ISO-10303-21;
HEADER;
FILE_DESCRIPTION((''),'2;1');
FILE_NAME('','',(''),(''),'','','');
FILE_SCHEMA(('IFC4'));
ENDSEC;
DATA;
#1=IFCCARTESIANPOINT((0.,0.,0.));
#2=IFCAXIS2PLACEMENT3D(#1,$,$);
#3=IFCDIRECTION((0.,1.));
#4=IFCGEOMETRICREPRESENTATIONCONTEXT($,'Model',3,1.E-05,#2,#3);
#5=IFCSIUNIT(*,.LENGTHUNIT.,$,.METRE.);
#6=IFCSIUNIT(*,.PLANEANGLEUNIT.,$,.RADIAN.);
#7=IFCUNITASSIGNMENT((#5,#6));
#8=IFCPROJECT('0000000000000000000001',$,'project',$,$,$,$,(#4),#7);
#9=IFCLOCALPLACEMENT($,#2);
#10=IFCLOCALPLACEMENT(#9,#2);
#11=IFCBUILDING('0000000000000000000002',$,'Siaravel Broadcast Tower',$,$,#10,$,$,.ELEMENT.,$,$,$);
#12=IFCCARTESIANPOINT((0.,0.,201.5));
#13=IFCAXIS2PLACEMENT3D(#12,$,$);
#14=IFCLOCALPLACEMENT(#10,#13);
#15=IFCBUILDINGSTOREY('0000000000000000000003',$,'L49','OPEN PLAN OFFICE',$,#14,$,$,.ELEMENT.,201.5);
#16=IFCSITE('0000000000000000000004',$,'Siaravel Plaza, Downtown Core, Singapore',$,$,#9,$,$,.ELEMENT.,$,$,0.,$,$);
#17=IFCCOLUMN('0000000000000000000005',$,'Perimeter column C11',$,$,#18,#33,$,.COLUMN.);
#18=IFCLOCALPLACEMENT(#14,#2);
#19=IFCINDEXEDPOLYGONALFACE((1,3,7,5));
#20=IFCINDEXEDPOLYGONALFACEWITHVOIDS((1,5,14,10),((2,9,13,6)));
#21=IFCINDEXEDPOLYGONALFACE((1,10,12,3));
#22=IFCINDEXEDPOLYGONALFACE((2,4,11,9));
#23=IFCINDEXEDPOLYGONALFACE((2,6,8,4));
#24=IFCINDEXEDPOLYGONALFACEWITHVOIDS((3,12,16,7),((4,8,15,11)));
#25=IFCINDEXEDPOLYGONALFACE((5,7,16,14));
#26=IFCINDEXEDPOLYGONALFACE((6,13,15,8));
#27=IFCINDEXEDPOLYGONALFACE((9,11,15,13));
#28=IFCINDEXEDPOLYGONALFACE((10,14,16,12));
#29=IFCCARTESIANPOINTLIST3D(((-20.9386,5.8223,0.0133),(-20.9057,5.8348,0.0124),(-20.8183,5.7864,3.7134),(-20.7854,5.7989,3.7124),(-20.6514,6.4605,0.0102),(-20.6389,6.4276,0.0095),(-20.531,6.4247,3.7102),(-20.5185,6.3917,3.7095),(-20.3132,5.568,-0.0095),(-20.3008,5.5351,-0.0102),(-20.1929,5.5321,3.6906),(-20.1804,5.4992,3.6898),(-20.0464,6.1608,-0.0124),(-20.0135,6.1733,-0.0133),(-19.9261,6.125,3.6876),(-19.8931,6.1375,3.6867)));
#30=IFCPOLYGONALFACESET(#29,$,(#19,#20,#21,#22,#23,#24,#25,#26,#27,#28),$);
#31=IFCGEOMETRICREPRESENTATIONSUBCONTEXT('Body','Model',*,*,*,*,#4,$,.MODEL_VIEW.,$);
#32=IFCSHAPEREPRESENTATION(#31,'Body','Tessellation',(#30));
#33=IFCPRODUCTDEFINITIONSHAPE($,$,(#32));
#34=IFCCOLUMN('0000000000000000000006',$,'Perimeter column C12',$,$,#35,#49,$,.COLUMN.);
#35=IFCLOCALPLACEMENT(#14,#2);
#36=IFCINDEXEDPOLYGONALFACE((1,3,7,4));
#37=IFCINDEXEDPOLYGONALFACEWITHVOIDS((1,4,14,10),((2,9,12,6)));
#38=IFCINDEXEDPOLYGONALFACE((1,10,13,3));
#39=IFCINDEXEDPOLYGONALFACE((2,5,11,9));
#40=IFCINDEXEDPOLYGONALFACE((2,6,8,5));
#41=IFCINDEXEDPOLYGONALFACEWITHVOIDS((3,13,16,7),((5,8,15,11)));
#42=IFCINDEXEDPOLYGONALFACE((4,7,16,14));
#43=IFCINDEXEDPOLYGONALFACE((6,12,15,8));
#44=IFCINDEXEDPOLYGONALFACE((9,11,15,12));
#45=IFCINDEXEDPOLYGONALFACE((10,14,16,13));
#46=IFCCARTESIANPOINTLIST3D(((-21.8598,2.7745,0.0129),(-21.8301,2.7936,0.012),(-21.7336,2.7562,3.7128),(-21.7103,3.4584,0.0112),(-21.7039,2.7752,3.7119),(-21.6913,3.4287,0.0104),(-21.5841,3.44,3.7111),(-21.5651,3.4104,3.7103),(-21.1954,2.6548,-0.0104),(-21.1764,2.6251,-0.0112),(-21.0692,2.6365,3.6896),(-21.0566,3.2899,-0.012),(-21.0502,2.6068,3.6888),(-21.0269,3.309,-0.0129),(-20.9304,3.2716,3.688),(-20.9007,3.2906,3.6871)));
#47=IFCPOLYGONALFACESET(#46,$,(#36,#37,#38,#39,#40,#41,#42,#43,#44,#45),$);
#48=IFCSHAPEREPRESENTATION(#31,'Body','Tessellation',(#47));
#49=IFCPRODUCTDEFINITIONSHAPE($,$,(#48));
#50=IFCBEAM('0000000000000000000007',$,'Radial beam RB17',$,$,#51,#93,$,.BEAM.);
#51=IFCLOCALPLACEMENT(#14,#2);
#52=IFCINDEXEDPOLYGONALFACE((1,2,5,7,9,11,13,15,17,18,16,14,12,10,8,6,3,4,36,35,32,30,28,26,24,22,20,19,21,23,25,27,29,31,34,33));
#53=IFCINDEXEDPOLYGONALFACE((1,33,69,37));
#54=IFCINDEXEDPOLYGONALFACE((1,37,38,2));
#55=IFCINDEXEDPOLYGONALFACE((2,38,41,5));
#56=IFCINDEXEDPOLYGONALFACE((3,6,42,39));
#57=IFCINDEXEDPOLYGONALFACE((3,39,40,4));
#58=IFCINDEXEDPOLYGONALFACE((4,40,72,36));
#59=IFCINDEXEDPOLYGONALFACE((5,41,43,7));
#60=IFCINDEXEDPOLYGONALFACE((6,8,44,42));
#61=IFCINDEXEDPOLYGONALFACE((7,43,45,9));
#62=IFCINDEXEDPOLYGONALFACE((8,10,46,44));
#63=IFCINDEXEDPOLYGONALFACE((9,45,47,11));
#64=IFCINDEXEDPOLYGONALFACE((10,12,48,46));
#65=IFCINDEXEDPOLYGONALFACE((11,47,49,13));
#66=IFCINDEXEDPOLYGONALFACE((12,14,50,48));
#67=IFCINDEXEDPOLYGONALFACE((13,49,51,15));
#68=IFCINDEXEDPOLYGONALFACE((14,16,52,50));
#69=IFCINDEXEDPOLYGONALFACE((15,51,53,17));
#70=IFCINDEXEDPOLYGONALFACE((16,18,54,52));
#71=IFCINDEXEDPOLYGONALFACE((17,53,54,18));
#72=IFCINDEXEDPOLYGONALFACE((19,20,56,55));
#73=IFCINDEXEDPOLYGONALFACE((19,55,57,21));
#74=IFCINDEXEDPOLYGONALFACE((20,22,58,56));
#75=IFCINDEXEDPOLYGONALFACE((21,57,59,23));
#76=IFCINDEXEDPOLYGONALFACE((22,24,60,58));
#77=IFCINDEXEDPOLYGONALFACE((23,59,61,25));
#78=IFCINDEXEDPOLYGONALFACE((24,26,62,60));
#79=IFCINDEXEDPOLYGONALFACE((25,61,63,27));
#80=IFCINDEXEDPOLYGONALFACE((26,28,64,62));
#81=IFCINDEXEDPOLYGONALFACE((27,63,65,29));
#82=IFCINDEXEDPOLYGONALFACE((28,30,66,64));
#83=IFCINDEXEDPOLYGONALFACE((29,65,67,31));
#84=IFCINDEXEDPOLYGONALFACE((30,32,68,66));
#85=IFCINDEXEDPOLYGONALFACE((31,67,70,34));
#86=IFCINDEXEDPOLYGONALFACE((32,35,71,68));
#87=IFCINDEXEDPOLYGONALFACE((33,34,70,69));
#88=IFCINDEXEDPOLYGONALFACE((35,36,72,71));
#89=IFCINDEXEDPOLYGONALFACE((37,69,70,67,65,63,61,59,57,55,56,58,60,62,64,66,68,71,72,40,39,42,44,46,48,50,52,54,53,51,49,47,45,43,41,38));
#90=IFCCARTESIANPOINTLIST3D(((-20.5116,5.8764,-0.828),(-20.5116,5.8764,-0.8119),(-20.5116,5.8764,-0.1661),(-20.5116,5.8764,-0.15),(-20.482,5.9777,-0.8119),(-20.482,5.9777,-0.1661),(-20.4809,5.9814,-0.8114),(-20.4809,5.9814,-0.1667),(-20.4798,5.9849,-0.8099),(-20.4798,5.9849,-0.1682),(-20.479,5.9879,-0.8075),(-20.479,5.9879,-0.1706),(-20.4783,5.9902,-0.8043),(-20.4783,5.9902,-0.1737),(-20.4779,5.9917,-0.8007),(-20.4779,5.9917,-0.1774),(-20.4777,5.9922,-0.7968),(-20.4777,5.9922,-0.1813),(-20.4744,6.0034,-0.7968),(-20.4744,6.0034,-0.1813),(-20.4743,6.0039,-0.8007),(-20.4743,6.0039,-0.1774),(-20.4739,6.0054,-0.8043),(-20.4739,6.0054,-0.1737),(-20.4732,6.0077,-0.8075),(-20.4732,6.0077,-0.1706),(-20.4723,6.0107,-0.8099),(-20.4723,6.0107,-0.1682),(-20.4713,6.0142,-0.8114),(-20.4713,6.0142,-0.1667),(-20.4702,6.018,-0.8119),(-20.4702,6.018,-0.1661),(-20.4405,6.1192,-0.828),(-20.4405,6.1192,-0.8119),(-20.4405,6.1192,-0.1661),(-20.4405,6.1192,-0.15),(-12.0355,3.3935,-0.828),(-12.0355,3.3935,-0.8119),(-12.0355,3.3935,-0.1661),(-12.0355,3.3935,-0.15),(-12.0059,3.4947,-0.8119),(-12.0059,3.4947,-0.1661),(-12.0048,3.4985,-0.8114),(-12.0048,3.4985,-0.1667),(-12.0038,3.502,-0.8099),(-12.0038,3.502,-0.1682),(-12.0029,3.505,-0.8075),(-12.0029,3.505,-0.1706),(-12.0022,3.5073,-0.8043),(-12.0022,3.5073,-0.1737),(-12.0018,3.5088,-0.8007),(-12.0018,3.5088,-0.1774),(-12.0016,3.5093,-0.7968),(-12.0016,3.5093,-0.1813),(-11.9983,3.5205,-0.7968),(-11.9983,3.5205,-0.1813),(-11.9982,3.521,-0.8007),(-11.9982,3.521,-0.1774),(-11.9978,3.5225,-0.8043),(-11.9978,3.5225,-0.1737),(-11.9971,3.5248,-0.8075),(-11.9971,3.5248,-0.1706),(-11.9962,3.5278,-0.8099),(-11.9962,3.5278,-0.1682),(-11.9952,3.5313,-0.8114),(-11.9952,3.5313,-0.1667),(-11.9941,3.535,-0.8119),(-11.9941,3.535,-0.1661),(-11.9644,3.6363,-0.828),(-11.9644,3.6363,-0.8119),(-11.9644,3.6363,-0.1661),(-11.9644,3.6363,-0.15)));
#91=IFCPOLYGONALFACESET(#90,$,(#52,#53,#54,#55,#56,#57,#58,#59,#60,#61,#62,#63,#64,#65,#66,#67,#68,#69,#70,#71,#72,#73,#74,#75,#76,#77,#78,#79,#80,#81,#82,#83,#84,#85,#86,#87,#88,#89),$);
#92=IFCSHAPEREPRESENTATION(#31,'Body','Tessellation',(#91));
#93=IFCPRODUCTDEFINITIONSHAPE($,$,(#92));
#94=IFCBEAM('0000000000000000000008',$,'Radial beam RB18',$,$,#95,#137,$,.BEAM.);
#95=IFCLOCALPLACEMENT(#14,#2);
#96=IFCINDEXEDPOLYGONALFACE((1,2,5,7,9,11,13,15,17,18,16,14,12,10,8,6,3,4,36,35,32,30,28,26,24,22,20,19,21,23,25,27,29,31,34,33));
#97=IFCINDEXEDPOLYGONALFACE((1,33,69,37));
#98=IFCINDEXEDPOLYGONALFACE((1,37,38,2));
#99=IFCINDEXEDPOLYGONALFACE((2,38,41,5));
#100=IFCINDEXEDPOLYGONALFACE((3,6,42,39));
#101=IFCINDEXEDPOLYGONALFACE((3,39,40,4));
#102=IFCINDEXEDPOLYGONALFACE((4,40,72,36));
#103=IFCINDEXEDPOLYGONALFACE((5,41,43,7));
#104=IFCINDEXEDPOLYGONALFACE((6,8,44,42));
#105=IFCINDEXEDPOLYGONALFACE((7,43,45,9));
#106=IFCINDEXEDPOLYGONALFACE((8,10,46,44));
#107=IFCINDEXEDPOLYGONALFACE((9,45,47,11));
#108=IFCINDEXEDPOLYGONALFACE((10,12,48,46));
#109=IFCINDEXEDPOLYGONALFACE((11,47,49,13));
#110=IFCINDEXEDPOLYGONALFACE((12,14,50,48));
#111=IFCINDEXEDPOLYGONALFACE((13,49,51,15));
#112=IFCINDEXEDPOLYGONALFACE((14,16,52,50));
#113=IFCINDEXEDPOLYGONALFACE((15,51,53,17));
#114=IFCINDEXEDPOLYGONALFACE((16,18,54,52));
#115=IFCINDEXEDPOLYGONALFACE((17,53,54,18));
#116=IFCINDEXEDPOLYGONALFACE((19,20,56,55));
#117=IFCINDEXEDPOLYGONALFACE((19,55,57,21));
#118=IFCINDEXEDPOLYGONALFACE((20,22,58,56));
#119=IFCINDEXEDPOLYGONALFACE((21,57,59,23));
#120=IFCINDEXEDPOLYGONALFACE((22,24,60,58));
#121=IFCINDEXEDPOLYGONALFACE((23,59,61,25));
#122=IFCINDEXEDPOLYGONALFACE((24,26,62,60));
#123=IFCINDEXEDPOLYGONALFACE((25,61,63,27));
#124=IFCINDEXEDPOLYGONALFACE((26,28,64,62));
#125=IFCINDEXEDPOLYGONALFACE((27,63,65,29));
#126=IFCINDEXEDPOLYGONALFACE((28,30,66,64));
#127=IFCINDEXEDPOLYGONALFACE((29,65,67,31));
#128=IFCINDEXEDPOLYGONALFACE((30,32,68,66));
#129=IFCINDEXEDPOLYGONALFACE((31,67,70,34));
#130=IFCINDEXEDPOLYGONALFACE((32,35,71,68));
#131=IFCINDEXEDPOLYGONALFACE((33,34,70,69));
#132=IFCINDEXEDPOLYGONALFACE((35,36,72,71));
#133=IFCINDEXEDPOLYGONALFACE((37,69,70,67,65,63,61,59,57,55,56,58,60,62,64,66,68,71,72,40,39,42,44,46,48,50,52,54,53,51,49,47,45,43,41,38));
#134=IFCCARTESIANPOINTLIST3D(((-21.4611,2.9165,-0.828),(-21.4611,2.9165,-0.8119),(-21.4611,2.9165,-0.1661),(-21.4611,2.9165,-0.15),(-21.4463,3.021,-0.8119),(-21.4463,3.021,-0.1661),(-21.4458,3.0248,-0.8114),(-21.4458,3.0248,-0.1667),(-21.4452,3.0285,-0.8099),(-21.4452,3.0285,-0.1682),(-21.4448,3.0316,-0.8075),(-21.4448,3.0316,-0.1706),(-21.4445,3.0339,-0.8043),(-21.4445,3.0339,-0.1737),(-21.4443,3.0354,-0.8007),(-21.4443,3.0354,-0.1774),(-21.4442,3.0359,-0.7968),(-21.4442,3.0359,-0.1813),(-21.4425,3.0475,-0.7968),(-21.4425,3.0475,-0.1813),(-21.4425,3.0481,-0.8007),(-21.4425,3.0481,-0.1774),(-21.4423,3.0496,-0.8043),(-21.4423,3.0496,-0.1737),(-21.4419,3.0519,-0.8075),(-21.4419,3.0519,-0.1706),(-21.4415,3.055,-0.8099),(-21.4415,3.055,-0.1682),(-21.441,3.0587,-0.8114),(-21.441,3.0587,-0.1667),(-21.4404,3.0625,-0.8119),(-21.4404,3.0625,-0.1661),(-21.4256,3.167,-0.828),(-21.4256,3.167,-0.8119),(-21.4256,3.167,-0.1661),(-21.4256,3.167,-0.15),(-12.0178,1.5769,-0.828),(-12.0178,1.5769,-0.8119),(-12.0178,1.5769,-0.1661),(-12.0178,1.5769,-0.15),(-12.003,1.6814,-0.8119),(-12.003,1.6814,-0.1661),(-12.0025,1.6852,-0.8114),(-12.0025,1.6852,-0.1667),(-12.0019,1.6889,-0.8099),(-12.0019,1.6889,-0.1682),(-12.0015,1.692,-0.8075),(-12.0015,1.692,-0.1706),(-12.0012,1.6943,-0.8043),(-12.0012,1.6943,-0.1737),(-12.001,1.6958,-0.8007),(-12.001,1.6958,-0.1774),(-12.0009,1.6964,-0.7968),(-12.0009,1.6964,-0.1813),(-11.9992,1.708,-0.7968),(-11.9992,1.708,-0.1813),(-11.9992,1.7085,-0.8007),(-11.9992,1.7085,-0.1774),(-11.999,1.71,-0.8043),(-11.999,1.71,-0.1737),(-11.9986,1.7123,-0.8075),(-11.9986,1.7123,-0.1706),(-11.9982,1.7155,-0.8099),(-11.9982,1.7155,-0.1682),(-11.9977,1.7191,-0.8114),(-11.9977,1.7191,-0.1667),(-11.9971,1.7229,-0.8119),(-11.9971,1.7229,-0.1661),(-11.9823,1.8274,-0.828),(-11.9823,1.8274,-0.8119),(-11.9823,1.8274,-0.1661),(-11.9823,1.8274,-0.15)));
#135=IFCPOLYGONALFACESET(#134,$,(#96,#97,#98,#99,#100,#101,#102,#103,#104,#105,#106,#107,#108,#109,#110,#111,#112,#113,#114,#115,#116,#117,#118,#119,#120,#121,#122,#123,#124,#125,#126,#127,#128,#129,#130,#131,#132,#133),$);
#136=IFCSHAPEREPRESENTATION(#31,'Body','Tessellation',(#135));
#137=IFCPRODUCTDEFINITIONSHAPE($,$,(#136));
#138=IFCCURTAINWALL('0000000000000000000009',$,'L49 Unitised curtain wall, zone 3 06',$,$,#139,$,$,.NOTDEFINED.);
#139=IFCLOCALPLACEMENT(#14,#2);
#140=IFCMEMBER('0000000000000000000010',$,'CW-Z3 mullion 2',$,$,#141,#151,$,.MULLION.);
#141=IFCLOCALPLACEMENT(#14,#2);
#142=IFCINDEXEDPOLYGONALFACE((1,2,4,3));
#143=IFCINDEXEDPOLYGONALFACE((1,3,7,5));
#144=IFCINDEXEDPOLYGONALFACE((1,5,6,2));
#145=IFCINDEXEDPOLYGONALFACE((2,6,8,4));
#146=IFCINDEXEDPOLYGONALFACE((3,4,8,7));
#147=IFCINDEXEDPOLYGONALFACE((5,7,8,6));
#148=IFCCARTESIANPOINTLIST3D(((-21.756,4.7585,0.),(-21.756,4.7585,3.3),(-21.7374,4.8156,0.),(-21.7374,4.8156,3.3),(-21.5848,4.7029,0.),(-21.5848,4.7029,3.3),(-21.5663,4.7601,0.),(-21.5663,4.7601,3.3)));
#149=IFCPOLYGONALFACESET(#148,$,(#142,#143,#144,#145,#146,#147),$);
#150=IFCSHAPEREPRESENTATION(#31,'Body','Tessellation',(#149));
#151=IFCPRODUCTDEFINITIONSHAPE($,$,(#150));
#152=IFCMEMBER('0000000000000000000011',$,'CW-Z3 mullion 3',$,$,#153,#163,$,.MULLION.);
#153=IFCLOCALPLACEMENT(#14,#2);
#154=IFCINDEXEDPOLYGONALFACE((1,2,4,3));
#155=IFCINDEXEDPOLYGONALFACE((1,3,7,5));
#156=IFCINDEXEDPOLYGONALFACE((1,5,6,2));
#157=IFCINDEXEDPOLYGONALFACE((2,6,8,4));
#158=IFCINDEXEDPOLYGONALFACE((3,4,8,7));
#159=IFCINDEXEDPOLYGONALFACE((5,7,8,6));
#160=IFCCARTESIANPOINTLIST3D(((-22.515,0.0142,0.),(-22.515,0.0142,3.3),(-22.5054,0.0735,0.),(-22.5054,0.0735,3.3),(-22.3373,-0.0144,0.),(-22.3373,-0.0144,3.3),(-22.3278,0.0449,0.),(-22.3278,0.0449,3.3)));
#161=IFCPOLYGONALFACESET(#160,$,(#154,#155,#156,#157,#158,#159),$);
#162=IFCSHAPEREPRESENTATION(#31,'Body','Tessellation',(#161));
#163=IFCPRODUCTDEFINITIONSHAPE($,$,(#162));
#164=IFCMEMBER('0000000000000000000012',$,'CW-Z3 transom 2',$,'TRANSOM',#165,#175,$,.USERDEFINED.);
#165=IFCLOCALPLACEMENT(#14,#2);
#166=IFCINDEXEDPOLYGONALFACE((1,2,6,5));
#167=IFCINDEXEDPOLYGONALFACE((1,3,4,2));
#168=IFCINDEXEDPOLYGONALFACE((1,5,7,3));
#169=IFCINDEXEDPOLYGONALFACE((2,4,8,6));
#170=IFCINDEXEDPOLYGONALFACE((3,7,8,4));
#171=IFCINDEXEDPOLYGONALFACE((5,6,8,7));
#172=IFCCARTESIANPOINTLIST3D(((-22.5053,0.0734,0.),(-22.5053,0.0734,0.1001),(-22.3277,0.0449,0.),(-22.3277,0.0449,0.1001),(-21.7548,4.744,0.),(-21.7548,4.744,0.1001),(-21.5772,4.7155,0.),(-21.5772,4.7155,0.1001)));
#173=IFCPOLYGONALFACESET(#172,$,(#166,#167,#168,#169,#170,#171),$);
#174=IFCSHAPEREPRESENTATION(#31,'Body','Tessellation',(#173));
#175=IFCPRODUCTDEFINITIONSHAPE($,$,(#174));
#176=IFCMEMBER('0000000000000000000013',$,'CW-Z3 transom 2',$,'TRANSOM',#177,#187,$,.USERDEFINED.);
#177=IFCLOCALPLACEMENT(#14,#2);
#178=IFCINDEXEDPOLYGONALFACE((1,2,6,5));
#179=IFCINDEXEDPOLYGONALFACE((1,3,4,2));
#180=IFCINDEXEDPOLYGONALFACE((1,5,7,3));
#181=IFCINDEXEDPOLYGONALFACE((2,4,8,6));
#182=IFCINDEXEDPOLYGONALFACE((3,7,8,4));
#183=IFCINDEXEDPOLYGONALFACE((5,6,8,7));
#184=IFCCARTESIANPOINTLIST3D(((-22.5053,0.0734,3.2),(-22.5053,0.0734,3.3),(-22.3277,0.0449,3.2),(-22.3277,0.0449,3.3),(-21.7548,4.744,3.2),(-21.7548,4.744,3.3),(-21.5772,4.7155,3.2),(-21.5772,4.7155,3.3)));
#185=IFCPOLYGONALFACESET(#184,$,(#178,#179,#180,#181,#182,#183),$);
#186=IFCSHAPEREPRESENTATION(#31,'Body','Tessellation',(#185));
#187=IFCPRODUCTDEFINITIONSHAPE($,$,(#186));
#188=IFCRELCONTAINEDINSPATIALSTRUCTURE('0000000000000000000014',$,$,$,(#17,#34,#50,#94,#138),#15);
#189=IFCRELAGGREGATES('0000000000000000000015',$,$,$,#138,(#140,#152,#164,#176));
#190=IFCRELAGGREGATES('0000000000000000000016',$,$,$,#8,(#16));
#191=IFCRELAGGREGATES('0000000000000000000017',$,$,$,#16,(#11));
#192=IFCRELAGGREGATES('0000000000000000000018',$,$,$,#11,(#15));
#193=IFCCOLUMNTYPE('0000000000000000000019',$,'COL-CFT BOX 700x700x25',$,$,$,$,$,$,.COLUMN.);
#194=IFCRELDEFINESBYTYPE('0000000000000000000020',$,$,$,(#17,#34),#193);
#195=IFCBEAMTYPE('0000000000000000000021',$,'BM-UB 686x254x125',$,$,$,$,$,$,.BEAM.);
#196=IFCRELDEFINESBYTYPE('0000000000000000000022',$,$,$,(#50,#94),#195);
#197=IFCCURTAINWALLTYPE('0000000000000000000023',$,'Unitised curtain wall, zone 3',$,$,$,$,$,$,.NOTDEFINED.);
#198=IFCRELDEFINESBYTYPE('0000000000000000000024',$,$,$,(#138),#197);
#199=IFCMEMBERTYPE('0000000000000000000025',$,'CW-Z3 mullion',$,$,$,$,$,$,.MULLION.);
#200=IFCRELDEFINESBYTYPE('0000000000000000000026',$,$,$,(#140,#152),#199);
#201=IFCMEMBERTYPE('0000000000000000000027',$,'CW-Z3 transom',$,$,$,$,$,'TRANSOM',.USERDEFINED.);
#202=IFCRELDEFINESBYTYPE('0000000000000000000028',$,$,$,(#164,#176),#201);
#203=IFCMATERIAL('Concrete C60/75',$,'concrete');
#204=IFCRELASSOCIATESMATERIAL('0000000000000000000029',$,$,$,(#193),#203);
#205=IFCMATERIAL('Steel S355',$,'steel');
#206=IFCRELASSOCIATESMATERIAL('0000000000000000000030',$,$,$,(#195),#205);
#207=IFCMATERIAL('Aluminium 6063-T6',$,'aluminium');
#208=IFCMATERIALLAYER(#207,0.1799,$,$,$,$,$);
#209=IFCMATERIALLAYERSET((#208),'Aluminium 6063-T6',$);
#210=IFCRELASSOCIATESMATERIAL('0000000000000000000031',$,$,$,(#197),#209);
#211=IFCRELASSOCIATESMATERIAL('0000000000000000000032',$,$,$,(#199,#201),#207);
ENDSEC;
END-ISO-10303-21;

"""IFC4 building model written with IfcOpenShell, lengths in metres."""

from ifc_helpers import new_model, si_unit, direction, frame, origin, origin_2d, place, context, subcontext, project, spatial, rectangle, hollow_rectangle, i_section, extrude, material, layer, layer_set, material_profile, profile_set, type_object, element, aggregate, save


model = new_model("IFC4")

# Units and contexts
model_context = context("Model", 3, precision=1e-05, world=origin(), true_north=direction((0.0, 1.0)))
body_context = subcontext(model_context, "Body", "Model", "MODEL_VIEW")
ifc_project = project(units=[si_unit("LENGTHUNIT", "METRE"), si_unit("PLANEANGLEUNIT", "RADIAN")], contexts=[model_context])

# Site, building, storey
site_placement = place(None, origin())
site = spatial("IfcSite", under=ifc_project, at=site_placement, Name="Siaravel Plaza, Downtown Core, Singapore", CompositionType="ELEMENT", RefElevation=0.0)
building_placement = place(site_placement, origin())
building = spatial("IfcBuilding", under=site, at=building_placement, Name="Siaravel Broadcast Tower", CompositionType="ELEMENT")
storey_placement = place(building_placement, frame((0.0, 0.0, 201.5)))
storey = spatial("IfcBuildingStorey", under=building, at=storey_placement, Name="L49", Description="OPEN PLAN OFFICE", CompositionType="ELEMENT", Elevation=201.5)

# Columns
ifc_material_1 = material(Name="Concrete C60/75", Category="concrete")
ifc_material_profile_1 = material_profile(ifc_material_1, hollow_rectangle(XDim=0.7, YDim=0.7, WallThickness=0.0249, at=origin_2d()))
ifc_profile_set_1 = profile_set([ifc_material_profile_1], Name="Concrete C60/75")
column_type = type_object("IfcColumnType", Name="COL-CFT BOX 700x700x25", PredefinedType="COLUMN", material=ifc_profile_set_1)
for number, where, z_axis, x_axis, name in (
    (1, (-20.4761, 5.9978, 0.0), (0.032512, -0.009694, 0.999424), (0.410411, 0.91189, -0.004506), "Perimeter column C11"),
    (2, (-21.4434, 3.0417, 0.0), (0.034094, -0.004946, 0.999406), (0.213486, 0.976943, -0.002448), "Perimeter column C12"),
):
    element("IfcColumn", number, at=place(storey_placement, frame(where, z_axis=z_axis, x_axis=x_axis)), inside=storey, type_object=column_type, Name=name, PredefinedType="COLUMN", context=body_context, shape_type="SweptSolid", body=[
        extrude(hollow_rectangle(XDim=0.7, YDim=0.7, WallThickness=0.0249, at=origin_2d()), origin(), (0.0, 0.0, 1.0), 3.7021),
    ])

# Beams
ifc_material_2 = material(Name="Steel S355", Category="steel")
ifc_material_profile_2 = material_profile(ifc_material_2, i_section(OverallWidth=0.2529, OverallDepth=0.678, WebThickness=0.0117, FlangeThickness=0.0161, FilletRadius=0.0151, at=origin_2d()))
ifc_profile_set_2 = profile_set([ifc_material_profile_2], Name="Steel S355")
beam_type = type_object("IfcBeamType", Name="BM-UB 686x254x125", PredefinedType="BEAM", material=ifc_profile_set_2)
beam_1_placement = place(storey_placement, frame((-20.4761, 5.9978, -0.489), z_axis=(0.959673, -0.281119, 0.0), x_axis=(0.281119, 0.959673, 0.0)))
element("IfcBeam", 3, at=beam_1_placement, inside=storey, type_object=beam_type, Name="Radial beam RB17", PredefinedType="BEAM", context=body_context, shape_type="SweptSolid", body=[
    extrude(i_section(OverallWidth=0.2529, OverallDepth=0.678, WebThickness=0.0117, FlangeThickness=0.0161, FilletRadius=0.0151, at=origin_2d()), origin(), (0.0, 0.0, 1.0), 8.8323),
])
beam_2_placement = place(storey_placement, frame((-21.4434, 3.0417, -0.489), z_axis=(0.990088, -0.14045, 0.0), x_axis=(0.14045, 0.990088, 0.0)))
element("IfcBeam", 4, at=beam_2_placement, inside=storey, type_object=beam_type, Name="Radial beam RB18", PredefinedType="BEAM", context=body_context, shape_type="SweptSolid", body=[
    extrude(i_section(OverallWidth=0.2529, OverallDepth=0.678, WebThickness=0.0117, FlangeThickness=0.0161, FilletRadius=0.0151, at=origin_2d()), origin(), (0.0, 0.0, 1.0), 9.5378),
])

# Curtain wall, members
ifc_material_3 = material(Name="Aluminium 6063-T6", Category="aluminium")
ifc_layer_1 = layer(ifc_material_3, 0.1799)
ifc_layer_set_1 = layer_set([ifc_layer_1], Name="Aluminium 6063-T6")
curtain_wall_type = type_object("IfcCurtainWallType", Name="Unitised curtain wall, zone 3", PredefinedType="NOTDEFINED", material=ifc_layer_set_1)
curtain_wall_placement = place(storey_placement, origin())
curtain_wall = element("IfcCurtainWall", 5, at=curtain_wall_placement, inside=storey, type_object=curtain_wall_type, Name="L49 Unitised curtain wall, zone 3 06", PredefinedType="NOTDEFINED")
ifc_material_profile_3 = material_profile(ifc_material_3, rectangle(XDim=0.1799, YDim=0.0601, at=origin_2d()))
ifc_profile_set_3 = profile_set([ifc_material_profile_3], Name="Aluminium 6063-T6")
member_type_1 = type_object("IfcMemberType", Name="CW-Z3 mullion", PredefinedType="MULLION", material=ifc_profile_set_3)
member_1_placement = place(storey_placement, frame((-21.6611, 4.7593, 0.0), z_axis=(0.0, 0.0, 1.0), x_axis=(0.951178, -0.308644, 0.0)))
member_1 = element("IfcMember", 6, at=member_1_placement, type_object=member_type_1, Name="CW-Z3 mullion 2", PredefinedType="MULLION", context=body_context, shape_type="SweptSolid", body=[
    extrude(rectangle(XDim=0.1799, YDim=0.0601, at=origin_2d()), origin(), (0.0, 0.0, 1.0), 3.3),
])
member_2_placement = place(storey_placement, frame((-22.4214, 0.0295, 0.0), z_axis=(0.0, 0.0, 1.0), x_axis=(0.987329, -0.158685, 0.0)))
member_2 = element("IfcMember", 7, at=member_2_placement, type_object=member_type_1, Name="CW-Z3 mullion 3", PredefinedType="MULLION", context=body_context, shape_type="SweptSolid", body=[
    extrude(rectangle(XDim=0.1799, YDim=0.0601, at=origin_2d()), origin(), (0.0, 0.0, 1.0), 3.3),
])
ifc_material_profile_4 = material_profile(ifc_material_3, rectangle(XDim=0.1799, YDim=0.1001, at=origin_2d()))
ifc_profile_set_4 = profile_set([ifc_material_profile_4], Name="Aluminium 6063-T6")
member_type_2 = type_object("IfcMemberType", Name="CW-Z3 transom", ElementType="TRANSOM", PredefinedType="USERDEFINED", material=ifc_profile_set_4)
member_3_placement = place(storey_placement, frame((-21.666, 4.7297, 0.05), z_axis=(-0.158647, -0.987335, 0.0), x_axis=(0.987335, -0.158647, 0.0)))
member_3 = element("IfcMember", 8, at=member_3_placement, type_object=member_type_2, Name="CW-Z3 transom 2", ObjectType="TRANSOM", PredefinedType="USERDEFINED", context=body_context, shape_type="SweptSolid", body=[
    extrude(rectangle(XDim=0.1799, YDim=0.1001, at=origin_2d()), origin(), (0.0, 0.0, 1.0), 4.7305),
])
member_4_placement = place(storey_placement, frame((-21.666, 4.7297, 3.25), z_axis=(-0.158647, -0.987335, 0.0), x_axis=(0.987335, -0.158647, 0.0)))
member_4 = element("IfcMember", 9, at=member_4_placement, type_object=member_type_2, Name="CW-Z3 transom 2", ObjectType="TRANSOM", PredefinedType="USERDEFINED", context=body_context, shape_type="SweptSolid", body=[
    extrude(rectangle(XDim=0.1799, YDim=0.1001, at=origin_2d()), origin(), (0.0, 0.0, 1.0), 4.7305),
])

aggregate(curtain_wall, [member_1, member_2, member_3, member_4])

save(model, "model.ifc")
